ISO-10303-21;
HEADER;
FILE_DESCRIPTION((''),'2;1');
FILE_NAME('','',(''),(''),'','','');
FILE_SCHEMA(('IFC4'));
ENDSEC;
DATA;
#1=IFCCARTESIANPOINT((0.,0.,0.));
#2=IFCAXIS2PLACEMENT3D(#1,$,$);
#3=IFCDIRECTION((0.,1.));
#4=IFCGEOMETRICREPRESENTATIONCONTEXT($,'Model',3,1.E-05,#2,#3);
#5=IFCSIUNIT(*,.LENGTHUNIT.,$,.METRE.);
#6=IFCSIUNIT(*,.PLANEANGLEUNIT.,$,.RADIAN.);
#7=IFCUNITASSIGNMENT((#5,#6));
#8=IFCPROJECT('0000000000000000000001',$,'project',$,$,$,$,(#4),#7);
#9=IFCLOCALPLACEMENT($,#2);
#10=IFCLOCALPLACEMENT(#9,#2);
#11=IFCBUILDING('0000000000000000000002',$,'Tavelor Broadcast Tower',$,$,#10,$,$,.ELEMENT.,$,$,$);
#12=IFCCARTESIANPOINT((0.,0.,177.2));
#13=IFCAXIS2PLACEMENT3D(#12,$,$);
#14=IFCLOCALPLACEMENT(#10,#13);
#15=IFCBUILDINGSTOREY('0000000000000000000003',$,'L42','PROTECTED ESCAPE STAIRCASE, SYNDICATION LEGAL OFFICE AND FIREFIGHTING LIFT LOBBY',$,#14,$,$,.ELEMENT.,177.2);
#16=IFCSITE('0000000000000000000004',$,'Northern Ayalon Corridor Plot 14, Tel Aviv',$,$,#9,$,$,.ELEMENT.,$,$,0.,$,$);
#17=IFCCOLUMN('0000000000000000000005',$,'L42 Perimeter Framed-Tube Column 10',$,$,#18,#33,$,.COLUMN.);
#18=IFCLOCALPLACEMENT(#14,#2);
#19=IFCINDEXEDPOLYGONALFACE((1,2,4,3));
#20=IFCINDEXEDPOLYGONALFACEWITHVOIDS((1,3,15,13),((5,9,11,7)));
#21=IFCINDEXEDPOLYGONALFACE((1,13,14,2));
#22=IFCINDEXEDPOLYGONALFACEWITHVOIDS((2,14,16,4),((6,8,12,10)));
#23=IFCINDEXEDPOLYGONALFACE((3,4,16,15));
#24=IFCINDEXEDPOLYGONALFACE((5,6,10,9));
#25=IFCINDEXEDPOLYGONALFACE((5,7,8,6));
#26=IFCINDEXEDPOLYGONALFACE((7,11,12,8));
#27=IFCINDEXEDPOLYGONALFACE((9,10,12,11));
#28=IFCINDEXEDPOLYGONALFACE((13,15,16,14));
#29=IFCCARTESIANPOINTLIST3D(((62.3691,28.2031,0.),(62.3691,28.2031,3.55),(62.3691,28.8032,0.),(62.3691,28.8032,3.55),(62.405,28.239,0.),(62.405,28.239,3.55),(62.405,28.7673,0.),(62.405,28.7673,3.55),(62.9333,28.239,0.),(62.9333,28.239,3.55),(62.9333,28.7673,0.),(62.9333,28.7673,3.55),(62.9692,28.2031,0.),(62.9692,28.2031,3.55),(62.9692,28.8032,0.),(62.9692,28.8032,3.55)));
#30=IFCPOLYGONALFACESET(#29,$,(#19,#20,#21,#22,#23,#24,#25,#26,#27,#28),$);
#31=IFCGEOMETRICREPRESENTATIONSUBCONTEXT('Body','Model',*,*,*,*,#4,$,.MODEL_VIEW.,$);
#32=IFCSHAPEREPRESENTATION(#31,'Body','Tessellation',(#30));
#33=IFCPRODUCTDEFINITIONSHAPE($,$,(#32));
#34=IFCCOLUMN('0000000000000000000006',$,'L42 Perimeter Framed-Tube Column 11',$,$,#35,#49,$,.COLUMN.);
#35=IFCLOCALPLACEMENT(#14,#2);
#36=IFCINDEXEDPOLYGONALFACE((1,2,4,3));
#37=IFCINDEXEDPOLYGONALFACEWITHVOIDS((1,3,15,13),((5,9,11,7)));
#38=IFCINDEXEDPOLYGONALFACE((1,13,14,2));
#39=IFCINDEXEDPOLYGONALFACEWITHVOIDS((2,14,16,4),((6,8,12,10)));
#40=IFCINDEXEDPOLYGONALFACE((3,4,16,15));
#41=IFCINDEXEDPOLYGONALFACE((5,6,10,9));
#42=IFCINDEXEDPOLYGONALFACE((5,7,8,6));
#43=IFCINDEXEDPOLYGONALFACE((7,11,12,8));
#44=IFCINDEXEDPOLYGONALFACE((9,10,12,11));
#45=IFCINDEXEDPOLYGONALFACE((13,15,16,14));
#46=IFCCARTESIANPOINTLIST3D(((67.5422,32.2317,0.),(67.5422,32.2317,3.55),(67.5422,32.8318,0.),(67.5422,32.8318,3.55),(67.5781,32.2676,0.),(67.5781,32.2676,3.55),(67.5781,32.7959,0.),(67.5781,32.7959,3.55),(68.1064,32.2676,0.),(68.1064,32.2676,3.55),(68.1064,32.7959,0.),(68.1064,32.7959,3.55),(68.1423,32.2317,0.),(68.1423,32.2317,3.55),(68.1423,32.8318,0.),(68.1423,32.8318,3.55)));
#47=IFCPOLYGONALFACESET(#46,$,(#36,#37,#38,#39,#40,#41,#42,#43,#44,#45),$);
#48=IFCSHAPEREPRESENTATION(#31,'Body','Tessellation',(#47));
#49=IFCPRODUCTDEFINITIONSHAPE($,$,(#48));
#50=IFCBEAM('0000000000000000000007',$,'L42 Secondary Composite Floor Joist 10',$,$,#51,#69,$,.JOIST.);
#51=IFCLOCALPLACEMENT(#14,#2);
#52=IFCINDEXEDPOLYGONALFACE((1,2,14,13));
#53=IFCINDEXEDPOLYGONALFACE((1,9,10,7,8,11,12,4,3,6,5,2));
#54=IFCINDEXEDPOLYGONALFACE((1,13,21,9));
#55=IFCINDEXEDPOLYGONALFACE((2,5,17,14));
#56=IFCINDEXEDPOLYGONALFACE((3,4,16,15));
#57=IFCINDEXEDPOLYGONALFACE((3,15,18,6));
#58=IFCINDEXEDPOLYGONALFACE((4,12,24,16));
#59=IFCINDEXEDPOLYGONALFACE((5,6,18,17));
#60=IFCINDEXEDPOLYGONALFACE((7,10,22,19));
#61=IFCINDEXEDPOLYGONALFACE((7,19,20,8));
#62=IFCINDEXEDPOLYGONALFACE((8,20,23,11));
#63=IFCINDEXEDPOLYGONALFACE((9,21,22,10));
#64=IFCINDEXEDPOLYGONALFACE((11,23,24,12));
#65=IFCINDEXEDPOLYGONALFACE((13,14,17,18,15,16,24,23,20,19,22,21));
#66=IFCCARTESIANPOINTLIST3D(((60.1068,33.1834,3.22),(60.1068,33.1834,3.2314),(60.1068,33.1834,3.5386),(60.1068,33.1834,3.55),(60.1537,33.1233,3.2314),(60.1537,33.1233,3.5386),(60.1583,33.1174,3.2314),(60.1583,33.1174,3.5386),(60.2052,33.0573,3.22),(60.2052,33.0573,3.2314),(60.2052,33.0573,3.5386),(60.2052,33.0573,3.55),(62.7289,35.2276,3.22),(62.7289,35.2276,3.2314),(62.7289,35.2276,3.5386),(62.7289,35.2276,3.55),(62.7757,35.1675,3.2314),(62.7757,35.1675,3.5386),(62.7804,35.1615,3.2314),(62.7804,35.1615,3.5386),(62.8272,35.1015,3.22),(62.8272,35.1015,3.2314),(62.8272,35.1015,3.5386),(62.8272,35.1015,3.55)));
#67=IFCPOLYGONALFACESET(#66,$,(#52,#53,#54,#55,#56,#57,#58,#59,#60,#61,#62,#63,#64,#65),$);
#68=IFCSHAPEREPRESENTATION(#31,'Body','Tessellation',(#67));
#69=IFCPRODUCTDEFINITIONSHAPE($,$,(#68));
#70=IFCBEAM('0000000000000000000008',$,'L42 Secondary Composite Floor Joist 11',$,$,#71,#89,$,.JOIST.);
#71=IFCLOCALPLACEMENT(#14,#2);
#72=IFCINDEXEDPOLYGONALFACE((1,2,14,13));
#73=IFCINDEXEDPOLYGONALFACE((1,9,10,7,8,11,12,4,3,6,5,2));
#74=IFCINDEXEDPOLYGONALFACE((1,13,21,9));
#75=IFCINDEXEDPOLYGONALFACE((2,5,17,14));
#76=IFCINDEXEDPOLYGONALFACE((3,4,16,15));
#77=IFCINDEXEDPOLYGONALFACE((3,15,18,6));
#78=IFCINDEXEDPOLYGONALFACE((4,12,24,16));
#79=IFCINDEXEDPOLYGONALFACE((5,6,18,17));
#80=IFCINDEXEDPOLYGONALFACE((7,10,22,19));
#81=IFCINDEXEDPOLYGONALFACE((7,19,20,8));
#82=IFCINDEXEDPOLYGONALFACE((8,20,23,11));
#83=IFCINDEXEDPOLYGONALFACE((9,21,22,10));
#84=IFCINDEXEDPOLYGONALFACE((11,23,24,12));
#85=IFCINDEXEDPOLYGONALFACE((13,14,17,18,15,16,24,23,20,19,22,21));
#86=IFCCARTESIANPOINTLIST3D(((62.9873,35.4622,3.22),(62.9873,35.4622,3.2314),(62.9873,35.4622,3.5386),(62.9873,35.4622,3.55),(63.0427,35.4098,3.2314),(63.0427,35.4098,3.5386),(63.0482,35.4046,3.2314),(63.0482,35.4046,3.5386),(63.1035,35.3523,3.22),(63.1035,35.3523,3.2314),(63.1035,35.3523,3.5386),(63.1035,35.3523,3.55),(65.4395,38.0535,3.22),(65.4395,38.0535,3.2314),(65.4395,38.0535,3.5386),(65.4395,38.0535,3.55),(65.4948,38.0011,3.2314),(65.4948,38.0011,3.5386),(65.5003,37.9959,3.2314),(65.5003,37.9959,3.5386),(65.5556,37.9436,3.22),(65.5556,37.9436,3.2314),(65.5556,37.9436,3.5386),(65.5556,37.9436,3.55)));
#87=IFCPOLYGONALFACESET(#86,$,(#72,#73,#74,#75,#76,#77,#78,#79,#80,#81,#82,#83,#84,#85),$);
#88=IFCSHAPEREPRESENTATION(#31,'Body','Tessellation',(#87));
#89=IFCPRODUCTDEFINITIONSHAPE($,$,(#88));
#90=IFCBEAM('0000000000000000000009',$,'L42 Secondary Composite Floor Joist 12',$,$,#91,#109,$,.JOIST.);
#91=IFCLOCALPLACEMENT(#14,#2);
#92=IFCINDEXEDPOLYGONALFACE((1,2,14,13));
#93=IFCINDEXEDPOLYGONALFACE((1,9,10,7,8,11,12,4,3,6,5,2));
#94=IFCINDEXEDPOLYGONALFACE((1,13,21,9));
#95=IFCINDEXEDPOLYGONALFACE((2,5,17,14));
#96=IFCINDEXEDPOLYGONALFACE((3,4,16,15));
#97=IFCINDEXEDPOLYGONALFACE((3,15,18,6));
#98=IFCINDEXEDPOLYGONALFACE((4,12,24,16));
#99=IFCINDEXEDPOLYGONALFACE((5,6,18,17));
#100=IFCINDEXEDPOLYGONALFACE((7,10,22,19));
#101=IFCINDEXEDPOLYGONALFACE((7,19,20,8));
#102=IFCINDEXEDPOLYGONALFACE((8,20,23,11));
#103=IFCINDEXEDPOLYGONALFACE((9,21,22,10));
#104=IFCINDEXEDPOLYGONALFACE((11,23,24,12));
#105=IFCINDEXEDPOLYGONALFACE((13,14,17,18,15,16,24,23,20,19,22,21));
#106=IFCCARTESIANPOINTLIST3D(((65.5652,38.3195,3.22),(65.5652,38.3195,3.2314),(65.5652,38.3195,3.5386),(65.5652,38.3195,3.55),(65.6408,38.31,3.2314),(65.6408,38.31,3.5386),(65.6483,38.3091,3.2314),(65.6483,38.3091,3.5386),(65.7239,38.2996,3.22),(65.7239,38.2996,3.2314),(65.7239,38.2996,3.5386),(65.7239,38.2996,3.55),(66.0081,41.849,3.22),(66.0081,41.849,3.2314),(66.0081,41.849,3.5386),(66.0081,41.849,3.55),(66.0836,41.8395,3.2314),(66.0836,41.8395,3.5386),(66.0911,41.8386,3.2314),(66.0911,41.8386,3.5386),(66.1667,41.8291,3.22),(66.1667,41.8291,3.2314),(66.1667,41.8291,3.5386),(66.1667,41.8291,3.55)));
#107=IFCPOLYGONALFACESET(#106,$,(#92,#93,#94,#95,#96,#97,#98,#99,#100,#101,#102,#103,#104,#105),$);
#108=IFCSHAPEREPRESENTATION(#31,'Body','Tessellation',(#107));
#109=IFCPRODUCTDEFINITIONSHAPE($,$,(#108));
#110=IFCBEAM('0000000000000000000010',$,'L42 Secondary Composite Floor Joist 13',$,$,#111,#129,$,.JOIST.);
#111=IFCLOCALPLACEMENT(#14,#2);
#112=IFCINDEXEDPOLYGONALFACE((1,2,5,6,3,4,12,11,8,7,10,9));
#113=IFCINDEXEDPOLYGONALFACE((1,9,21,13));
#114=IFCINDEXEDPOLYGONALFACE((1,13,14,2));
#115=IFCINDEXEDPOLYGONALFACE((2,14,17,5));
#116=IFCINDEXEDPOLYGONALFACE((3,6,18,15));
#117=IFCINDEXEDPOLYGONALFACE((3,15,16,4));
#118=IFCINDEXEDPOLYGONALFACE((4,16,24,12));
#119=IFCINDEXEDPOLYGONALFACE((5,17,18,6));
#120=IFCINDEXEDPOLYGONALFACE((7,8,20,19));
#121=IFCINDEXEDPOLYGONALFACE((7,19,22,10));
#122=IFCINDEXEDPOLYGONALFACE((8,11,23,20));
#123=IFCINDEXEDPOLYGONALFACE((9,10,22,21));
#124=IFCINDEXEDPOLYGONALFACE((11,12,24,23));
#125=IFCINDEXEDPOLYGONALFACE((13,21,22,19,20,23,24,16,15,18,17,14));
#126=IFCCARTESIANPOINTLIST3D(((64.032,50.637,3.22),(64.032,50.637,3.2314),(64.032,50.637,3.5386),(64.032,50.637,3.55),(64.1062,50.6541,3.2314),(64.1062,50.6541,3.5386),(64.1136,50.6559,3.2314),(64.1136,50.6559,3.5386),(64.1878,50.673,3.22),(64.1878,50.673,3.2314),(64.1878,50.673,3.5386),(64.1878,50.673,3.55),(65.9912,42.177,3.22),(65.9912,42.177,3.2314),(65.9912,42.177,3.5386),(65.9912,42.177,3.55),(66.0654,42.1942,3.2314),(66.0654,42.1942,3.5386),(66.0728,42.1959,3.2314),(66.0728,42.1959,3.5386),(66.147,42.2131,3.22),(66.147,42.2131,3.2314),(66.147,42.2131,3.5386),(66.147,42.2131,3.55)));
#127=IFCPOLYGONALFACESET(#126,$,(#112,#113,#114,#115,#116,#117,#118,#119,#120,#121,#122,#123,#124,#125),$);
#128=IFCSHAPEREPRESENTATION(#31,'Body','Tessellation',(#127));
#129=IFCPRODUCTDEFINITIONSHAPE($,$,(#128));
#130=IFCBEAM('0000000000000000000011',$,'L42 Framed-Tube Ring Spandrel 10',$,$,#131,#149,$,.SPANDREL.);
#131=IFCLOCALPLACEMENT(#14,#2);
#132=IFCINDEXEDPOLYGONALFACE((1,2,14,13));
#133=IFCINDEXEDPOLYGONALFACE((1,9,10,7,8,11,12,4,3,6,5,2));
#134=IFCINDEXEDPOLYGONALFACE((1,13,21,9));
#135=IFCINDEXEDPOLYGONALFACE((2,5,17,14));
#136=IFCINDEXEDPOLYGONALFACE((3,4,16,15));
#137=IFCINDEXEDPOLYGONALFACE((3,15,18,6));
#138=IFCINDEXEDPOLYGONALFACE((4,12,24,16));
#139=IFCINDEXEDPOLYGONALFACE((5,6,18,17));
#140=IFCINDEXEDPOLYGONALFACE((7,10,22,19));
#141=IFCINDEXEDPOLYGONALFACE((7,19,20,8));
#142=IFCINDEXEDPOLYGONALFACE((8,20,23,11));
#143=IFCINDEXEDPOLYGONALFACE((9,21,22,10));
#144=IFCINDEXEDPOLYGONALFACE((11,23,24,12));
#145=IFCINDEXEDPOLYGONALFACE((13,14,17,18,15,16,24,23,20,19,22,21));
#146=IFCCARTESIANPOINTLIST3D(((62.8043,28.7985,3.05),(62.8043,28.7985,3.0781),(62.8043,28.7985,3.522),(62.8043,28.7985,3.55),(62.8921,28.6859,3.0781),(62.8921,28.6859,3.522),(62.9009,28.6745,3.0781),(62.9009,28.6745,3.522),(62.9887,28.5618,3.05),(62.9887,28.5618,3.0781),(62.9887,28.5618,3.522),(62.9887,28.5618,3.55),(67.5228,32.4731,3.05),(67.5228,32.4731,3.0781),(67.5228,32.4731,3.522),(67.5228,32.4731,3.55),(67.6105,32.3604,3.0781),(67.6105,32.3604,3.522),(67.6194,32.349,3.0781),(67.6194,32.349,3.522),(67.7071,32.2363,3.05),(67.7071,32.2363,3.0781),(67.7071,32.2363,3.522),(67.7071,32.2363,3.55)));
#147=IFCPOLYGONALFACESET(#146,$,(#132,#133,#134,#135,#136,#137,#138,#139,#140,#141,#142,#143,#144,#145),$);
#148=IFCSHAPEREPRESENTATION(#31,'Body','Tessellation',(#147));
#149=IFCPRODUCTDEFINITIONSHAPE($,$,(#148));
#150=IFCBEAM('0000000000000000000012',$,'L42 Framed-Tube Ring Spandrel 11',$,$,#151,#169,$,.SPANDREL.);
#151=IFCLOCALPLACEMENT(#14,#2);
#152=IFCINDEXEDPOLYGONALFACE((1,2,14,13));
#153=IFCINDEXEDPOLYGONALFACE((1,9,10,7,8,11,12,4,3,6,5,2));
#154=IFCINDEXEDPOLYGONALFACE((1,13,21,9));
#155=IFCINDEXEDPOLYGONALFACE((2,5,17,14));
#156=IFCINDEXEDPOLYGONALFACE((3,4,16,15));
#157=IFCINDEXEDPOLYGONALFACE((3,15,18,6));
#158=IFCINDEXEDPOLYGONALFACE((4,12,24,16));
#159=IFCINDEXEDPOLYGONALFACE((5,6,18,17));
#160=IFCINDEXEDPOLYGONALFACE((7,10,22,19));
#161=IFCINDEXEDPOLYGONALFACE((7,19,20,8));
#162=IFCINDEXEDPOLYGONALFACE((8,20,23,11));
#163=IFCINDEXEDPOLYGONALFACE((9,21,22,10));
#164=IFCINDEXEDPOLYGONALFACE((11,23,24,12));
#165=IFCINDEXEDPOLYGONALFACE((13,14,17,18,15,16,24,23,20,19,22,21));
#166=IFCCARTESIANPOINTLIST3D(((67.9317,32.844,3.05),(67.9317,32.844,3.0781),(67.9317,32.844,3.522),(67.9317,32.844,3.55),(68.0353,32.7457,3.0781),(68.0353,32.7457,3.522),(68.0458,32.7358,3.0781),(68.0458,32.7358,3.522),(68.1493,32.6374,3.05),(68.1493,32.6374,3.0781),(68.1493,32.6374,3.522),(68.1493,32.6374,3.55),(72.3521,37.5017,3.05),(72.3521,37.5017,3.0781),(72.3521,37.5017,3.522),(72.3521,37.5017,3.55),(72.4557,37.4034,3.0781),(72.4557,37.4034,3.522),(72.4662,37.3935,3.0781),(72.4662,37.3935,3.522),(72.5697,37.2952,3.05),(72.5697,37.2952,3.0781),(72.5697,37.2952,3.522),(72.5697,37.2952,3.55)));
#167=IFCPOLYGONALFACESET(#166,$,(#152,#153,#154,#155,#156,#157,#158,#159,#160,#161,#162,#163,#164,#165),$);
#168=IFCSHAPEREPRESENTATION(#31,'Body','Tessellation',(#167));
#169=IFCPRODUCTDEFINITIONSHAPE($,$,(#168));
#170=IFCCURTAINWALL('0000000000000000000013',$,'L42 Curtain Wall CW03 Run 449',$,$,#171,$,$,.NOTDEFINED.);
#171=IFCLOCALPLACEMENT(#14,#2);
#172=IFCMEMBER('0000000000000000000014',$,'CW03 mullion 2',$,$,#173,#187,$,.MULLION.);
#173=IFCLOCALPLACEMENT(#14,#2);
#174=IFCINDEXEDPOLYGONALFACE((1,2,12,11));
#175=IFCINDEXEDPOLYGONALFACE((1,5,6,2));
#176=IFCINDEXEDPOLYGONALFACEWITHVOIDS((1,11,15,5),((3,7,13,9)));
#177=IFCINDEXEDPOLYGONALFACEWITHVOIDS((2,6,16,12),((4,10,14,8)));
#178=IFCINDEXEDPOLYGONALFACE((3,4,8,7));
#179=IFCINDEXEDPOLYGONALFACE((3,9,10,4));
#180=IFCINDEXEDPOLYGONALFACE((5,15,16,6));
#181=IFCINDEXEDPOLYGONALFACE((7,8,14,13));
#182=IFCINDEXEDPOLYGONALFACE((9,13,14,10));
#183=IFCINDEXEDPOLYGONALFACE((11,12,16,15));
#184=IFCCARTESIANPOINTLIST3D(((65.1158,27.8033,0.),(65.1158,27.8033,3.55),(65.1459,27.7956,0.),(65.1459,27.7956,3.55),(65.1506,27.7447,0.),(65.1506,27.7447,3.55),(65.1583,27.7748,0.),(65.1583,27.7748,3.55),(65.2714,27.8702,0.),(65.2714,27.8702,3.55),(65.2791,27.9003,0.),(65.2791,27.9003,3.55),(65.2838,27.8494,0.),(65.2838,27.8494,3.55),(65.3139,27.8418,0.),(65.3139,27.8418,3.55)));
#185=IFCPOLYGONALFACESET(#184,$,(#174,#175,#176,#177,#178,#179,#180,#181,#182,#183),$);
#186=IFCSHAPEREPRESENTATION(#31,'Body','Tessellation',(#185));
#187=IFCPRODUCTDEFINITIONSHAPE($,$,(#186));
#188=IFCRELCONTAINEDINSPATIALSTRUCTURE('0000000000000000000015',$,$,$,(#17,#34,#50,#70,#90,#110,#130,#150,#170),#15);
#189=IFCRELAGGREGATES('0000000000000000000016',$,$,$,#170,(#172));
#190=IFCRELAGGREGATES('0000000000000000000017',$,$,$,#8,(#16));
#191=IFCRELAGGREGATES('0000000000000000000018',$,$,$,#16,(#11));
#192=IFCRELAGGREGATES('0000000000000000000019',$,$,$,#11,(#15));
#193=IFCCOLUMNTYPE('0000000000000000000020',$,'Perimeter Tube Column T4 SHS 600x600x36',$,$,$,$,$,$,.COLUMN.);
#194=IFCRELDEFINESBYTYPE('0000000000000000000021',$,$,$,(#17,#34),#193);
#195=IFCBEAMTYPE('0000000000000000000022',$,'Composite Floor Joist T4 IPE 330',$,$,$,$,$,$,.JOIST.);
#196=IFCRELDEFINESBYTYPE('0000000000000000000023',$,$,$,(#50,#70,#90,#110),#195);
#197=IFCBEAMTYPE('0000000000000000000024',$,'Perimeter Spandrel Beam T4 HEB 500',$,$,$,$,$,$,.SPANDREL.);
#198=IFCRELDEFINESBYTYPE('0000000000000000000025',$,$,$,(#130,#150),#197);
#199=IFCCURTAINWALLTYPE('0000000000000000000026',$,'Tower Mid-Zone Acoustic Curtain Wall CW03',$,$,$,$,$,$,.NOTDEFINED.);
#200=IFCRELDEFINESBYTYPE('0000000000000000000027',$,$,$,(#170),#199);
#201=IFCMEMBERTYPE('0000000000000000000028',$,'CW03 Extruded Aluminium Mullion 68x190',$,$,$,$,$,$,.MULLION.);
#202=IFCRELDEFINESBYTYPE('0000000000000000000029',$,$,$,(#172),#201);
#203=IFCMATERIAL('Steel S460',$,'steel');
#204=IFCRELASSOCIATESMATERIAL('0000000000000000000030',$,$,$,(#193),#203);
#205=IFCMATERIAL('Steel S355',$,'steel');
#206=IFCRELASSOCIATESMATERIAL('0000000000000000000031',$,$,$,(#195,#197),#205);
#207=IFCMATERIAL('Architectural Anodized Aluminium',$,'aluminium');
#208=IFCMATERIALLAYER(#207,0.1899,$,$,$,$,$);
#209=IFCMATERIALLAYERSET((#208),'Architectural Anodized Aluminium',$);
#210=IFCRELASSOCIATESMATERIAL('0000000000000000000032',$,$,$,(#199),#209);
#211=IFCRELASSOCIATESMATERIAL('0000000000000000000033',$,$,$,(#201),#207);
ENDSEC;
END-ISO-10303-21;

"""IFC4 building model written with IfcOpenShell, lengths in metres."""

from ifc_helpers import new_model, si_unit, direction, frame, origin, origin_2d, place, context, subcontext, project, spatial, hollow_rectangle, i_section, extrude, source, transform, mapped, material, layer, layer_set, material_profile, profile_set, type_object, type_shapes, element, aggregate, save


model = new_model("IFC4")

# Units and contexts
model_context = context("Model", 3, precision=1e-05, world=origin(), true_north=direction((0.0, 1.0)))
body_context = subcontext(model_context, "Body", "Model", "MODEL_VIEW")
ifc_project = project(units=[si_unit("LENGTHUNIT", "METRE"), si_unit("PLANEANGLEUNIT", "RADIAN")], contexts=[model_context])

# Site, building, storey
site_placement = place(None, origin())
site = spatial("IfcSite", under=ifc_project, at=site_placement, Name="Northern Ayalon Corridor Plot 14, Tel Aviv", CompositionType="ELEMENT", RefElevation=0.0)
building_placement = place(site_placement, origin())
building = spatial("IfcBuilding", under=site, at=building_placement, Name="Tavelor Broadcast Tower", CompositionType="ELEMENT")
storey_placement = place(building_placement, frame((0.0, 0.0, 177.2)))
storey = spatial("IfcBuildingStorey", under=building, at=storey_placement, Name="L42", Description="PROTECTED ESCAPE STAIRCASE, SYNDICATION LEGAL OFFICE AND FIREFIGHTING LIFT LOBBY", CompositionType="ELEMENT", Elevation=177.2)

# Columns
ifc_material_1 = material(Name="Steel S460", Category="steel")
ifc_material_profile_1 = material_profile(ifc_material_1, hollow_rectangle(XDim=0.6001, YDim=0.6001, WallThickness=0.0359, at=origin_2d()), Name="SHS 600x600x36")
ifc_profile_set_1 = profile_set([ifc_material_profile_1], Name="Steel S460")
column_type = type_object("IfcColumnType", Name="Perimeter Tube Column T4 SHS 600x600x36", PredefinedType="COLUMN", material=ifc_profile_set_1)
for number, where, z_axis, x_axis, name in (
    (1, (62.6692, 28.5032, 0.0), (0.0, 0.0, 1.0), (1.0, 0.0, 0.0), "L42 Perimeter Framed-Tube Column 10"),
    (2, (67.8423, 32.5317, 0.0), (0.0, 0.0, 1.0), (1.0, 0.0, 0.0), "L42 Perimeter Framed-Tube Column 11"),
):
    element("IfcColumn", number, at=place(storey_placement, frame(where, z_axis=z_axis, x_axis=x_axis)), inside=storey, type_object=column_type, Name=name, PredefinedType="COLUMN", context=body_context, shape_type="SweptSolid", body=[
        extrude(hollow_rectangle(XDim=0.6001, YDim=0.6001, WallThickness=0.0359, at=origin_2d()), origin(), (0.0, 0.0, 1.0), 3.55),
    ])

# Beams
ifc_material_2 = material(Name="Steel S355", Category="steel")
ifc_material_profile_2 = material_profile(ifc_material_2, i_section(OverallWidth=0.1599, OverallDepth=0.3301, WebThickness=0.0076, FlangeThickness=0.0115, at=origin_2d()), Name="IPE 330")
ifc_profile_set_2 = profile_set([ifc_material_profile_2], Name="Steel S355")
beam_type_1 = type_object("IfcBeamType", Name="Composite Floor Joist T4 IPE 330", PredefinedType="JOIST", material=ifc_profile_set_2)
beam_1_placement = place(storey_placement, frame((60.156, 33.1204, 3.385), z_axis=(0.788652, 0.61484, 0.0), x_axis=(-0.61484, 0.788652, 0.0)))
element("IfcBeam", 3, at=beam_1_placement, inside=storey, type_object=beam_type_1, Name="L42 Secondary Composite Floor Joist 10", PredefinedType="JOIST", context=body_context, shape_type="SweptSolid", body=[
    extrude(i_section(OverallWidth=0.1599, OverallDepth=0.3301, WebThickness=0.0076, FlangeThickness=0.0115, at=origin_2d()), origin(), (0.0, 0.0, 1.0), 3.3247),
])
beam_2_placement = place(storey_placement, frame((63.0454, 35.4072, 3.385), z_axis=(0.687335, 0.726341, 0.0), x_axis=(-0.726341, 0.687335, 0.0)))
element("IfcBeam", 4, at=beam_2_placement, inside=storey, type_object=beam_type_1, Name="L42 Secondary Composite Floor Joist 11", PredefinedType="JOIST", context=body_context, shape_type="SweptSolid", body=[
    extrude(i_section(OverallWidth=0.1599, OverallDepth=0.3301, WebThickness=0.0076, FlangeThickness=0.0115, at=origin_2d()), origin(), (0.0, 0.0, 1.0), 3.5676),
])
beam_3_placement = place(storey_placement, frame((65.6445, 38.3096, 3.385), z_axis=(0.124499, 0.99222, 0.0), x_axis=(-0.99222, 0.124499, 0.0)))
element("IfcBeam", 5, at=beam_3_placement, inside=storey, type_object=beam_type_1, Name="L42 Secondary Composite Floor Joist 12", PredefinedType="JOIST", context=body_context, shape_type="SweptSolid", body=[
    extrude(i_section(OverallWidth=0.1599, OverallDepth=0.3301, WebThickness=0.0076, FlangeThickness=0.0115, at=origin_2d()), origin(), (0.0, 0.0, 1.0), 3.5571),
])
beam_4_placement = place(storey_placement, frame((66.0691, 42.1951, 3.385), z_axis=(-0.225617, 0.974216, 0.0), x_axis=(-0.974216, -0.225617, 0.0)))
element("IfcBeam", 6, at=beam_4_placement, inside=storey, type_object=beam_type_1, Name="L42 Secondary Composite Floor Joist 13", PredefinedType="JOIST", context=body_context, shape_type="SweptSolid", body=[
    extrude(i_section(OverallWidth=0.1599, OverallDepth=0.3301, WebThickness=0.0076, FlangeThickness=0.0115, at=origin_2d()), origin(), (0.0, 0.0, 1.0), 8.6838),
])
ifc_material_profile_3 = material_profile(ifc_material_2, i_section(OverallWidth=0.3, OverallDepth=0.5, WebThickness=0.0144, FlangeThickness=0.0281, at=origin_2d()), Name="HEB 500")
ifc_profile_set_3 = profile_set([ifc_material_profile_3], Name="Steel S355")
beam_type_2 = type_object("IfcBeamType", Name="Perimeter Spandrel Beam T4 HEB 500", PredefinedType="SPANDREL", material=ifc_profile_set_3)
beam_5_placement = place(storey_placement, frame((62.8965, 28.6802, 3.3), z_axis=(0.788978, 0.614421, 0.0), x_axis=(-0.614421, 0.788978, 0.0)))
element("IfcBeam", 7, at=beam_5_placement, inside=storey, type_object=beam_type_2, Name="L42 Framed-Tube Ring Spandrel 10", PredefinedType="SPANDREL", context=body_context, shape_type="SweptSolid", body=[
    extrude(i_section(OverallWidth=0.3, OverallDepth=0.5, WebThickness=0.0144, FlangeThickness=0.0281, at=origin_2d()), origin(), (0.0, 0.0, 1.0), 5.9805),
])
beam_6_placement = place(storey_placement, frame((68.0405, 32.7407, 3.3), z_axis=(0.688388, 0.725343, 0.0), x_axis=(-0.725343, 0.688388, 0.0)))
element("IfcBeam", 8, at=beam_6_placement, inside=storey, type_object=beam_type_2, Name="L42 Framed-Tube Ring Spandrel 11", PredefinedType="SPANDREL", context=body_context, shape_type="SweptSolid", body=[
    extrude(i_section(OverallWidth=0.3, OverallDepth=0.5, WebThickness=0.0144, FlangeThickness=0.0281, at=origin_2d()), origin(), (0.0, 0.0, 1.0), 6.4214),
])

# Curtain wall, member
ifc_material_3 = material(Name="Architectural Anodized Aluminium", Category="aluminium")
ifc_layer_1 = layer(ifc_material_3, 0.1899)
ifc_layer_set_1 = layer_set([ifc_layer_1], Name="Architectural Anodized Aluminium")
curtain_wall_type = type_object("IfcCurtainWallType", Name="Tower Mid-Zone Acoustic Curtain Wall CW03", PredefinedType="NOTDEFINED", material=ifc_layer_set_1)
curtain_wall_1_placement = place(storey_placement, origin())
curtain_wall_1 = element("IfcCurtainWall", 9, at=curtain_wall_1_placement, inside=storey, type_object=curtain_wall_type, Name="L42 Curtain Wall CW03 Run 449", PredefinedType="NOTDEFINED")
ifc_material_profile_4 = material_profile(ifc_material_3, hollow_rectangle(XDim=0.0681, YDim=0.1899, WallThickness=0.022, at=origin_2d()), Name="RHS 68x190x22")
ifc_profile_set_4 = profile_set([ifc_material_profile_4], Name="Architectural Anodized Aluminium")
member_type_1 = type_object("IfcMemberType", Name="CW03 Extruded Aluminium Mullion 68x190", PredefinedType="MULLION", material=ifc_profile_set_4)
shared_shape_1 = source(origin(), body_context, "Body", "SweptSolid", [
    extrude(hollow_rectangle(XDim=0.0681, YDim=0.1899, WallThickness=0.022, at=origin_2d()), origin(), (0.0, 0.0, 1.0), 3.55),
])
type_shapes(member_type_1, [shared_shape_1])
member_1_placement = place(storey_placement, frame((65.2148, 27.8225, 0.0), z_axis=(0.0, 0.0, 1.0), x_axis=(-0.510916, 0.859631, 0.0)))
member_1 = element("IfcMember", 10, at=member_1_placement, type_object=member_type_1, Name="CW03 mullion 2", PredefinedType="MULLION", context=body_context, shape_type="MappedRepresentation", body=[
    mapped(shared_shape_1, transform((0.0, 0.0, 0.0), scale=1.0)),
])

aggregate(curtain_wall_1, [member_1])

save(model, "model.ifc")
